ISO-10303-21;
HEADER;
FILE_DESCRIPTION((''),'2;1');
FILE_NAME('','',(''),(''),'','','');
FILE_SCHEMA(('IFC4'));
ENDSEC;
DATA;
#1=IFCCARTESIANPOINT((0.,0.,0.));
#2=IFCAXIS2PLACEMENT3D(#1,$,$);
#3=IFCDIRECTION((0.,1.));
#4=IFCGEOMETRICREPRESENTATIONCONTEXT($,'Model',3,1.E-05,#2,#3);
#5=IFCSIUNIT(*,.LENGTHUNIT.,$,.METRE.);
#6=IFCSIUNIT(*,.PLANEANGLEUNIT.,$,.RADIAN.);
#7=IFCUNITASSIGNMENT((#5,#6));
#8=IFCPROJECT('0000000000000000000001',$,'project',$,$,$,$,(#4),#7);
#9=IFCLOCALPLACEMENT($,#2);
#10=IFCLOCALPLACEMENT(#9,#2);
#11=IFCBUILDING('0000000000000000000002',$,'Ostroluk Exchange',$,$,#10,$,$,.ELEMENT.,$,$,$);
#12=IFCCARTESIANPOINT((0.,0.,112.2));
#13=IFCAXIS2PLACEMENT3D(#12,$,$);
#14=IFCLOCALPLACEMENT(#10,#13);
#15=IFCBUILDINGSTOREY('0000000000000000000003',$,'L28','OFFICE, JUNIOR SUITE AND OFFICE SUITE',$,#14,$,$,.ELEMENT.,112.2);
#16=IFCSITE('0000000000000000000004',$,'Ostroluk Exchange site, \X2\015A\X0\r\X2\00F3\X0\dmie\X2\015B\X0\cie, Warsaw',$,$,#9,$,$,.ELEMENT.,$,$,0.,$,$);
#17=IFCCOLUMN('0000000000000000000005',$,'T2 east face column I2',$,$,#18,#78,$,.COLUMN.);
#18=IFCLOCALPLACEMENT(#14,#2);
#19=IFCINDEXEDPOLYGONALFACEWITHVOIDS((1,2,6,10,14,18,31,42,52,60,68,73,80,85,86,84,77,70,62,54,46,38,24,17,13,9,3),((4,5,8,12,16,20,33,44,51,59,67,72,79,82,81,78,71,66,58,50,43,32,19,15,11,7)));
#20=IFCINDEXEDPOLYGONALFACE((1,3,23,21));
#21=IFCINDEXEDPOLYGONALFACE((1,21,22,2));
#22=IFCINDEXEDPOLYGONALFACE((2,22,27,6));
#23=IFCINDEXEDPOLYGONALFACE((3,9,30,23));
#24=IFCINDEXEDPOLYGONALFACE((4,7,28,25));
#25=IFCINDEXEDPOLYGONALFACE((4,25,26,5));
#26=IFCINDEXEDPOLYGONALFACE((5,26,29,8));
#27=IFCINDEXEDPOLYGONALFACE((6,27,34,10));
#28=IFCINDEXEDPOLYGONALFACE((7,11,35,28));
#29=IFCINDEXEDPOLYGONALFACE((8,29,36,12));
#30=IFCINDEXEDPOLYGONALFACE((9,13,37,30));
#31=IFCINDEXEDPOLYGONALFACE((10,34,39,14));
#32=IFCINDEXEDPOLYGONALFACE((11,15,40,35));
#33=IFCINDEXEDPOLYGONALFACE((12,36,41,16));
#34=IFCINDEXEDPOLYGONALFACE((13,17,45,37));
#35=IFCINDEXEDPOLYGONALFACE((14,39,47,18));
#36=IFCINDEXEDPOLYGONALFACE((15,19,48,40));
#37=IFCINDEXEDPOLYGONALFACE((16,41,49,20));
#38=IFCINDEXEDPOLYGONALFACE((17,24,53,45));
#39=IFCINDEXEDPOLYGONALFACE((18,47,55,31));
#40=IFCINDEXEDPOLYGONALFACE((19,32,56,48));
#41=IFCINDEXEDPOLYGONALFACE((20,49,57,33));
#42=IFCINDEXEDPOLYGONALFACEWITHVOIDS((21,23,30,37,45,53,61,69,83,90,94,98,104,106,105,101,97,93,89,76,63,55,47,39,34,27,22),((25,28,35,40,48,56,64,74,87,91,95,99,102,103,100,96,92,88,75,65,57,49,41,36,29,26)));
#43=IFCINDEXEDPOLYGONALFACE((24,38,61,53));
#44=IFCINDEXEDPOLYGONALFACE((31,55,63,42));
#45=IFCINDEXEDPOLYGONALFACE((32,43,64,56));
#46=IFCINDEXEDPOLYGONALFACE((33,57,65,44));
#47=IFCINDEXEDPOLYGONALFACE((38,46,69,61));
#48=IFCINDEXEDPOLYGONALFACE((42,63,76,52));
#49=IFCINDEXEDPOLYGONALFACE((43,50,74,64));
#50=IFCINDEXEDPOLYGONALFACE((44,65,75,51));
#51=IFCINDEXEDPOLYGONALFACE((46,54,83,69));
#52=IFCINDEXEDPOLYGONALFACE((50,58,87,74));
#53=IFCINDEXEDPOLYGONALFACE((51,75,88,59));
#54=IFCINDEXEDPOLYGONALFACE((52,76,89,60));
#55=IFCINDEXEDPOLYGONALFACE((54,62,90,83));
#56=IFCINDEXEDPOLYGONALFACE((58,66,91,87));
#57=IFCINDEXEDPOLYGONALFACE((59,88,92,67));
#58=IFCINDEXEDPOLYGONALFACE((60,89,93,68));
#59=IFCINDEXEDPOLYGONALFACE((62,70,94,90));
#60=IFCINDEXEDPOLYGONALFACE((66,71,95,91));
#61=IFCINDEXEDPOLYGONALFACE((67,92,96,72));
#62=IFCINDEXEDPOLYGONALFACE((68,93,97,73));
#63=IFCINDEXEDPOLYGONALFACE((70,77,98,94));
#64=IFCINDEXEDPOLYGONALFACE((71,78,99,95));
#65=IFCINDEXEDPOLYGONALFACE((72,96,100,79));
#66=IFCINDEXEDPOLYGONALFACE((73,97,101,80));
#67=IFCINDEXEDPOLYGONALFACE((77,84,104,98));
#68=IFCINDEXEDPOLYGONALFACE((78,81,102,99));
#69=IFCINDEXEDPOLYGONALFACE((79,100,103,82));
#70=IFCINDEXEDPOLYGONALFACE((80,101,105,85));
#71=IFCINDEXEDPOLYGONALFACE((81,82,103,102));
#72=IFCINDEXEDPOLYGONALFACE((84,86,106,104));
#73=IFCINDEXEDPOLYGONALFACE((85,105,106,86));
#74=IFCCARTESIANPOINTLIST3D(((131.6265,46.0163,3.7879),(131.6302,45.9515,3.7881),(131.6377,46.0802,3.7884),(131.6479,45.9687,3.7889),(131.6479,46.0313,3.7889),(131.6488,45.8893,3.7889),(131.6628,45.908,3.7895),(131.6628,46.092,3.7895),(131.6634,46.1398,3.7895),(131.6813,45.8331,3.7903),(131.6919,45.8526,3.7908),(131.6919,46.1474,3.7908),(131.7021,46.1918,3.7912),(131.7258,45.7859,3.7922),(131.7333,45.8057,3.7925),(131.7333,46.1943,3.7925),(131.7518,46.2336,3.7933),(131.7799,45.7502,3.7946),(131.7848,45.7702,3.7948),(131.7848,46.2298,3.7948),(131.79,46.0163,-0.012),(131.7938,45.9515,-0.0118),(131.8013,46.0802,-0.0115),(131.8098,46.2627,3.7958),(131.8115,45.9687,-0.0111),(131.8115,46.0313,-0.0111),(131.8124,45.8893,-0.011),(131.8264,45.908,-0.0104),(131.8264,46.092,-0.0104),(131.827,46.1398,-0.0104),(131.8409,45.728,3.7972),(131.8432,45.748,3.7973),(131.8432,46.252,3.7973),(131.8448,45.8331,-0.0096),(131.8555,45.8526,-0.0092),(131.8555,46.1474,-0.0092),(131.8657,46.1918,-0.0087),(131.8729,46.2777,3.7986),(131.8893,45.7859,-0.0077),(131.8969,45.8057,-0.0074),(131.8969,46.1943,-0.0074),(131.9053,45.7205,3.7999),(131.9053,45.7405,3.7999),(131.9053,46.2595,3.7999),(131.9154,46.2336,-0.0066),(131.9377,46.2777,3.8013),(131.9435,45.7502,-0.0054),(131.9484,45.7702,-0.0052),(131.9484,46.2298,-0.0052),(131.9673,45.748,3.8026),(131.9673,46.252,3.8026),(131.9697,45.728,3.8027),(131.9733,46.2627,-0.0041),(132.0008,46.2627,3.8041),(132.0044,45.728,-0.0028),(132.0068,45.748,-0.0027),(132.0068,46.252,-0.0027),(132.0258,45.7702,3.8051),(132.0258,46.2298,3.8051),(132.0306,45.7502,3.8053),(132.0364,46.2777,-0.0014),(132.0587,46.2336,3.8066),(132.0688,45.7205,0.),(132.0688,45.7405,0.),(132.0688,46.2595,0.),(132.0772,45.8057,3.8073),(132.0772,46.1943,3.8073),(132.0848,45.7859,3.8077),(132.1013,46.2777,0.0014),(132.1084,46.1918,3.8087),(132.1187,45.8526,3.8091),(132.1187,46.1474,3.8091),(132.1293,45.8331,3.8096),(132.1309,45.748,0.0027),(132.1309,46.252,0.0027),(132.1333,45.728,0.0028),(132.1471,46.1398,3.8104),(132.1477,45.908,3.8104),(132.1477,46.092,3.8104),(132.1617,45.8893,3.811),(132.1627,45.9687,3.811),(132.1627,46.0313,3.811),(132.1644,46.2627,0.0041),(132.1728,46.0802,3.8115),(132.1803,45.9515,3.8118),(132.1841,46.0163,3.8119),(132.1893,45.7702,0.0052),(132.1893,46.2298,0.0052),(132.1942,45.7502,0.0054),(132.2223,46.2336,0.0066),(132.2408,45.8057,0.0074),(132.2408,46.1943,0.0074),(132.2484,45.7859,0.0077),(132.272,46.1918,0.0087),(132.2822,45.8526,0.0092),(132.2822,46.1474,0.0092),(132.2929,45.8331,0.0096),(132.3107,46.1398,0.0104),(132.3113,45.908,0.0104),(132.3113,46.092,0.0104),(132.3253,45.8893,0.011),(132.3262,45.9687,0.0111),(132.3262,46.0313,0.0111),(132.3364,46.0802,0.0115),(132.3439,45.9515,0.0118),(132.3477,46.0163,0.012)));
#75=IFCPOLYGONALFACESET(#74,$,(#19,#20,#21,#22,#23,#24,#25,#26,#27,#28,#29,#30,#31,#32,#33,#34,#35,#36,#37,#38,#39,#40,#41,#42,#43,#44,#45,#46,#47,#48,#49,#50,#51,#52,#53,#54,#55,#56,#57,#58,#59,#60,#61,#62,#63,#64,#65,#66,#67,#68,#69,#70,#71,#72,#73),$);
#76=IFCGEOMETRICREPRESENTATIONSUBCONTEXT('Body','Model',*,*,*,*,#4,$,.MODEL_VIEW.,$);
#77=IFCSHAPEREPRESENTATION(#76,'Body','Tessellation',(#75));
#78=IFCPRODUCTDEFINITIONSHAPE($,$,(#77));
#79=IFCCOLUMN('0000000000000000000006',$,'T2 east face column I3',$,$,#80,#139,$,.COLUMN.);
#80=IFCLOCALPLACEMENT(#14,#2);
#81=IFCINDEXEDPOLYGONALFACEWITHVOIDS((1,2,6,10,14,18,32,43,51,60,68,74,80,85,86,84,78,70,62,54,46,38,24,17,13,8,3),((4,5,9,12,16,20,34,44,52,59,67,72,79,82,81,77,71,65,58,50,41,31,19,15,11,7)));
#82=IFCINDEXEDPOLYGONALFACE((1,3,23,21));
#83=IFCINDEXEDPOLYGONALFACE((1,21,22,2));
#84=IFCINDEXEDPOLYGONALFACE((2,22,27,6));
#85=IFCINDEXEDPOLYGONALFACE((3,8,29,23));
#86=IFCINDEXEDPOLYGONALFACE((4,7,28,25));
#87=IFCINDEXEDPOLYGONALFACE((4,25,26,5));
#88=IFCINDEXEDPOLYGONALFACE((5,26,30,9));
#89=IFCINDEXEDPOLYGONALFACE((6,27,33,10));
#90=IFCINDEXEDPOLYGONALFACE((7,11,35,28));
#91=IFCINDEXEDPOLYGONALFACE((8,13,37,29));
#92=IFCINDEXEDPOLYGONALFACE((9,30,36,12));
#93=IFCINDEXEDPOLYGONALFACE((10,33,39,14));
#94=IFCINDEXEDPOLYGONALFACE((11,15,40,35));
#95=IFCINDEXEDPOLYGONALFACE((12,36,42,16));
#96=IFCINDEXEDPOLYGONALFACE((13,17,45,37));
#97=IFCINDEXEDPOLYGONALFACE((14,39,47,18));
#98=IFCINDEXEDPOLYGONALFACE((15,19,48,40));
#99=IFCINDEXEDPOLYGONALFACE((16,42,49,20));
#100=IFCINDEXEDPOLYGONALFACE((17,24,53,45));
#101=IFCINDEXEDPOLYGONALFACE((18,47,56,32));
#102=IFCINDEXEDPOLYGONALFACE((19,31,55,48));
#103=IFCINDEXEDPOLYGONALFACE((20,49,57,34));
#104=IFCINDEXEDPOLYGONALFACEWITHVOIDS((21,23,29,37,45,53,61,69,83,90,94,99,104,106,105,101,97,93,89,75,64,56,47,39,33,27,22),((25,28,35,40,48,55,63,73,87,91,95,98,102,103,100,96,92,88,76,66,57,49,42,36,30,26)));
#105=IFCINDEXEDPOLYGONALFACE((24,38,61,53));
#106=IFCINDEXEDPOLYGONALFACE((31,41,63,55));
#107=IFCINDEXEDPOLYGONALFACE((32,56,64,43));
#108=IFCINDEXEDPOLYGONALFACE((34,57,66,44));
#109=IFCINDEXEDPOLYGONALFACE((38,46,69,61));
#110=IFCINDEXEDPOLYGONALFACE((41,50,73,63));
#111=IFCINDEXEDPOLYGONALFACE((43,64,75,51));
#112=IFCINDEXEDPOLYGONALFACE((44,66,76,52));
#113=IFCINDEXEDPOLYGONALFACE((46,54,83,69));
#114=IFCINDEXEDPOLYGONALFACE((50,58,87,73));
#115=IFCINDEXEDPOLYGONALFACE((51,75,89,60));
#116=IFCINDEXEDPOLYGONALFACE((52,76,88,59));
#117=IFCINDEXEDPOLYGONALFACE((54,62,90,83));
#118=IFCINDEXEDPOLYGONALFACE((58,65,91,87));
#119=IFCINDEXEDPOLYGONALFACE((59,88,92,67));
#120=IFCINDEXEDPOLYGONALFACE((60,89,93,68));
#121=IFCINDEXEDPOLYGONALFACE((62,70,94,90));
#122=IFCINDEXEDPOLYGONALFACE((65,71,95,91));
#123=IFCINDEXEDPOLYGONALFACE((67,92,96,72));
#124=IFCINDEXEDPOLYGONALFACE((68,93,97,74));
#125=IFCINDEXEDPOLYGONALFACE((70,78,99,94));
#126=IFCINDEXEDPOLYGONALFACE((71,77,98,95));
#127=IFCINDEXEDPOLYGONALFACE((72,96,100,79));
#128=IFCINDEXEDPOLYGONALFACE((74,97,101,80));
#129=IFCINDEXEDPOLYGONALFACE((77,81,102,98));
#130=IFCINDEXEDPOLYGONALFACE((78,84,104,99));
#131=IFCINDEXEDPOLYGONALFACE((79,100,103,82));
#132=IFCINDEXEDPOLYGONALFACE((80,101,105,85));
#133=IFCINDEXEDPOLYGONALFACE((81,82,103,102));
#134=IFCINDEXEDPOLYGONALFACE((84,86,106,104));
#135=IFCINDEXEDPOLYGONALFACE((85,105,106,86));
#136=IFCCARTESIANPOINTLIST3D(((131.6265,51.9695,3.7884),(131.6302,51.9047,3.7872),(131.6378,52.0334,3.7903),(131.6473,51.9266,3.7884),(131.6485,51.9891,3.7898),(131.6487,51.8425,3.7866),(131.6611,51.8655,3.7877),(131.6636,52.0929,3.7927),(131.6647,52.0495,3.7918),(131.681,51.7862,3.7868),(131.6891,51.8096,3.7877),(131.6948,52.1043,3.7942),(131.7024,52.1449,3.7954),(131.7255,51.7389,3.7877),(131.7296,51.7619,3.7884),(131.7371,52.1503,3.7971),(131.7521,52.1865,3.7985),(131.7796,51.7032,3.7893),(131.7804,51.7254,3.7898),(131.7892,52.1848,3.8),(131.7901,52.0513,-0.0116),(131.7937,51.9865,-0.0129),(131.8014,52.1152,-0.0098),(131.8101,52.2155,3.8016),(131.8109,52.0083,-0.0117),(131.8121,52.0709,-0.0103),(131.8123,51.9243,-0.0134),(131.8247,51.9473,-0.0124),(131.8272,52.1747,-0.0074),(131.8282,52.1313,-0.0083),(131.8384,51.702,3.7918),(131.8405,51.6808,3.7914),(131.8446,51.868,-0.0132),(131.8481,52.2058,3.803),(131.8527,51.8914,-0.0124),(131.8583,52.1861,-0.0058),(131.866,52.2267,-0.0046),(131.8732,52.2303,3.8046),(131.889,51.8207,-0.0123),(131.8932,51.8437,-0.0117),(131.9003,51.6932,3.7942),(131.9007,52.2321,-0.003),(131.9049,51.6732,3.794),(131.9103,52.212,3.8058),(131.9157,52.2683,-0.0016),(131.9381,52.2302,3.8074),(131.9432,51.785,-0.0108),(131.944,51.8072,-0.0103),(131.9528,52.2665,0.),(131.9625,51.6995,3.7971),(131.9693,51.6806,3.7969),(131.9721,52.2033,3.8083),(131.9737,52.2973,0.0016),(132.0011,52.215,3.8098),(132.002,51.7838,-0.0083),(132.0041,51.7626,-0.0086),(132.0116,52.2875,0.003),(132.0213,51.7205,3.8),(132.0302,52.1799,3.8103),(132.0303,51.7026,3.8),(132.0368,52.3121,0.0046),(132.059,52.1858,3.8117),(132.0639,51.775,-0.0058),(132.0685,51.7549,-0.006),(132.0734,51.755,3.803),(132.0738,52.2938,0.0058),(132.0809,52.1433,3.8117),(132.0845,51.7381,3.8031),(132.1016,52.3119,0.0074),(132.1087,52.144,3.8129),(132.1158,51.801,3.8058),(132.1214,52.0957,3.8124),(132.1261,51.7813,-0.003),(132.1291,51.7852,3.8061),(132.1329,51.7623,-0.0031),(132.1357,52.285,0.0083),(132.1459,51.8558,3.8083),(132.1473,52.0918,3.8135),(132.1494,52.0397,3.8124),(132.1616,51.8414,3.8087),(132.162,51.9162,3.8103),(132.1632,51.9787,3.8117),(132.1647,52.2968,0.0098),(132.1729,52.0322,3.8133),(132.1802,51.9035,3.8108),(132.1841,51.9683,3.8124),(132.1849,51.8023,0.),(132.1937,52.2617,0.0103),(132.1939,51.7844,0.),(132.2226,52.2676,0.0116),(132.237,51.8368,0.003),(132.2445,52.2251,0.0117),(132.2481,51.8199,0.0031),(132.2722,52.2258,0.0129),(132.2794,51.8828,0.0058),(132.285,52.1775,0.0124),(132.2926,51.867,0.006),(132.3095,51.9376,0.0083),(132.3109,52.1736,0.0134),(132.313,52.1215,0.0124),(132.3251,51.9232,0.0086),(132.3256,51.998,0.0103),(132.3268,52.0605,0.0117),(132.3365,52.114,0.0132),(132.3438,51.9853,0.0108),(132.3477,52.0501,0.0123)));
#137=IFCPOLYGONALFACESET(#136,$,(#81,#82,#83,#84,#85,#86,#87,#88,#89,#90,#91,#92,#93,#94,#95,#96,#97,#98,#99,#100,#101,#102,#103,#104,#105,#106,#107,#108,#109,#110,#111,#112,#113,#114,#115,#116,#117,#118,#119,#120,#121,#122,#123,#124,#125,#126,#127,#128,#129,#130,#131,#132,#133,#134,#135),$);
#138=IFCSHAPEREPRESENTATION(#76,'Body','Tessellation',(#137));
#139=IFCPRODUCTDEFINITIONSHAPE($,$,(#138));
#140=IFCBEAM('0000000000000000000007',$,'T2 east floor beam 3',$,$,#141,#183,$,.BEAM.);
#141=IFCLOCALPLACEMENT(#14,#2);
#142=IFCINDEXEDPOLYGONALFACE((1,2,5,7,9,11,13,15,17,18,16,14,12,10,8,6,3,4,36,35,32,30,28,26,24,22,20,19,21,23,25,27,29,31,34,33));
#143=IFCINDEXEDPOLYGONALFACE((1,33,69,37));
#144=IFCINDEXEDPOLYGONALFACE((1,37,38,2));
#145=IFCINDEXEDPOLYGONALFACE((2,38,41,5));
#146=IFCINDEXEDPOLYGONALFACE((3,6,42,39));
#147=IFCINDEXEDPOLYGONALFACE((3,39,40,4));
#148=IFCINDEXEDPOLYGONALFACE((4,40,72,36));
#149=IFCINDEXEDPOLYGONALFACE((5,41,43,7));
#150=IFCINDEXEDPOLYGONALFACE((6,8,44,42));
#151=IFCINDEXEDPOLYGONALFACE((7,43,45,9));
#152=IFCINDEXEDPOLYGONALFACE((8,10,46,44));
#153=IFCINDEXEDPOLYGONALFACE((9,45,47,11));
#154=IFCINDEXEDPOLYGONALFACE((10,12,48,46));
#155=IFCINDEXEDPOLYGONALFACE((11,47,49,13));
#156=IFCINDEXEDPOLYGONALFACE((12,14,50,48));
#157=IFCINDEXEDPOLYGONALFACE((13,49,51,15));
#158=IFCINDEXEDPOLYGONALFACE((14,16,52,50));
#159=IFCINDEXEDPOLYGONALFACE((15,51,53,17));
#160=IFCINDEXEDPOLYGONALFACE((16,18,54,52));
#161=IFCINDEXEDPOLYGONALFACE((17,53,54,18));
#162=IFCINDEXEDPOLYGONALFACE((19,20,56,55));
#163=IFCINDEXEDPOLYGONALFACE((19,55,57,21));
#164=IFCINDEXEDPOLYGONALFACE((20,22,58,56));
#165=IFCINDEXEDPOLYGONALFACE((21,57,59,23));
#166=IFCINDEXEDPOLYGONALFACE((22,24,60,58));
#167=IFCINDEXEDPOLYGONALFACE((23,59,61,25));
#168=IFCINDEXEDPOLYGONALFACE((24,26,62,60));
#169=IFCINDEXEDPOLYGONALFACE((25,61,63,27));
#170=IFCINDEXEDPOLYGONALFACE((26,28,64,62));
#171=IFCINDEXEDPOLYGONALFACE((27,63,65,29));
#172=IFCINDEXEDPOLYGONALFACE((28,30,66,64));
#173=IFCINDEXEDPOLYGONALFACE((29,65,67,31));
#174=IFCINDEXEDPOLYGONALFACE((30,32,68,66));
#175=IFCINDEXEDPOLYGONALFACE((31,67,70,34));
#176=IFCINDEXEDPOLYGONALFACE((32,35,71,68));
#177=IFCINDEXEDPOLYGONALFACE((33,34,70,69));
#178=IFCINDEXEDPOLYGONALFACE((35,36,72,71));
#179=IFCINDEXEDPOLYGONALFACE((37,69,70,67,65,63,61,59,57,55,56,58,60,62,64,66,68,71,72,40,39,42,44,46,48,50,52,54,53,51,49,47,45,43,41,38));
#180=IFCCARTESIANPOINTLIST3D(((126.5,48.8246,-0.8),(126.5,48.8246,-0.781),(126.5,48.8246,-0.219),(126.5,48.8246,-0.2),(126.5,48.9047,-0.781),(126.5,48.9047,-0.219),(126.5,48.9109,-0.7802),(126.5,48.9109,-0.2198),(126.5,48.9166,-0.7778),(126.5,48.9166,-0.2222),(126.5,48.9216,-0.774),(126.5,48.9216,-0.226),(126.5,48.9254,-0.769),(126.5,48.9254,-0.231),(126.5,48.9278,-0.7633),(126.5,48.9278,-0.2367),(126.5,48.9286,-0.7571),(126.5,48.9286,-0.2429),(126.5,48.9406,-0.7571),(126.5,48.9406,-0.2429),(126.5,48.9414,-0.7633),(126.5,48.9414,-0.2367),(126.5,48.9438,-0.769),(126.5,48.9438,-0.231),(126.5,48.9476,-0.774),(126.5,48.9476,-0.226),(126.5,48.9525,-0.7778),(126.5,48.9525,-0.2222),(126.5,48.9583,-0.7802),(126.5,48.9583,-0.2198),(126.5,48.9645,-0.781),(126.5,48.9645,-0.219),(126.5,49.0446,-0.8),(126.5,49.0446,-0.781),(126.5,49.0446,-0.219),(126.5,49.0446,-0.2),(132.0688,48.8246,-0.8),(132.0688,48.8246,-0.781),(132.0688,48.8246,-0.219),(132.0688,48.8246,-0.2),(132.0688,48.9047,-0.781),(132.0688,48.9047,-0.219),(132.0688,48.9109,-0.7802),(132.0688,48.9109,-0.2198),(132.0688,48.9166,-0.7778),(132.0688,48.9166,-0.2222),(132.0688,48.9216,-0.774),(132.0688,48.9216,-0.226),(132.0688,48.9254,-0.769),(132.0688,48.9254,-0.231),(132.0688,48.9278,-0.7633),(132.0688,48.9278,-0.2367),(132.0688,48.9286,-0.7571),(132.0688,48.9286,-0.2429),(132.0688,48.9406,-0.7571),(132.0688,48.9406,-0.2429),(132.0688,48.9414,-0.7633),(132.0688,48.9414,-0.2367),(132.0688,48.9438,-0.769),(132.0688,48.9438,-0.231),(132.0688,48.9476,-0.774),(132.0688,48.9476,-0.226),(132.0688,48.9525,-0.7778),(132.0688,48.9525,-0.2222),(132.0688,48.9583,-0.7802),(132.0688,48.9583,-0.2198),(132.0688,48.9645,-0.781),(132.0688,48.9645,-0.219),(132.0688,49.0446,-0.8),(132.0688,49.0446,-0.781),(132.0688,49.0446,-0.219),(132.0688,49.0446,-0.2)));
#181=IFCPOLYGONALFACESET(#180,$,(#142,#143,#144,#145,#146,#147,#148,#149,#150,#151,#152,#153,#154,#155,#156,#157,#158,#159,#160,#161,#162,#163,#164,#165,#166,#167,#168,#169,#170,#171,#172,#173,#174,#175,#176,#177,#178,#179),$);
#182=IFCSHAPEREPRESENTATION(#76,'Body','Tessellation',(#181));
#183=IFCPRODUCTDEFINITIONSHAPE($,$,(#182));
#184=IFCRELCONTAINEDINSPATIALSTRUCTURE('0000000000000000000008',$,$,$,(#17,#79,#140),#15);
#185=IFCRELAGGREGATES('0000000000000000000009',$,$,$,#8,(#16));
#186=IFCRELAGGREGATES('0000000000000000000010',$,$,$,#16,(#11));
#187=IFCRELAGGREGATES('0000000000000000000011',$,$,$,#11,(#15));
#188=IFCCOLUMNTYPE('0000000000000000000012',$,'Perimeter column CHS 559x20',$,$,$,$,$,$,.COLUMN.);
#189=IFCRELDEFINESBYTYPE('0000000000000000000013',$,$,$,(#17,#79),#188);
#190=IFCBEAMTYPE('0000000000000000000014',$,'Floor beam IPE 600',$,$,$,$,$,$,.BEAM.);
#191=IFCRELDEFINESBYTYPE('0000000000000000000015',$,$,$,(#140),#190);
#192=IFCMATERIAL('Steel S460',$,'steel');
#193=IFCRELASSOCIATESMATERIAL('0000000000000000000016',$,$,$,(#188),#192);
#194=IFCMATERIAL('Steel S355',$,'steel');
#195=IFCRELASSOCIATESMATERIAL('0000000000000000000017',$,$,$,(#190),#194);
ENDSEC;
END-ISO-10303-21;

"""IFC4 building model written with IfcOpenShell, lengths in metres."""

from ifc_helpers import new_model, si_unit, direction, frame, origin, origin_2d, place, context, subcontext, project, spatial, hollow_circle, i_section, extrude, material, material_profile, profile_set, type_object, element, save


model = new_model("IFC4")

# Units and contexts
model_context = context("Model", 3, precision=1e-05, world=origin(), true_north=direction((0.0, 1.0)))
body_context = subcontext(model_context, "Body", "Model", "MODEL_VIEW")
ifc_project = project(units=[si_unit("LENGTHUNIT", "METRE"), si_unit("PLANEANGLEUNIT", "RADIAN")], contexts=[model_context])

# Site, building, storey
site_placement = place(None, origin())
site = spatial("IfcSite", under=ifc_project, at=site_placement, Name="Ostroluk Exchange site, Śródmieście, Warsaw", CompositionType="ELEMENT", RefElevation=0.0)
building_placement = place(site_placement, origin())
building = spatial("IfcBuilding", under=site, at=building_placement, Name="Ostroluk Exchange", CompositionType="ELEMENT")
storey_placement = place(building_placement, frame((0.0, 0.0, 112.2)))
storey = spatial("IfcBuildingStorey", under=building, at=storey_placement, Name="L28", Description="OFFICE, JUNIOR SUITE AND OFFICE SUITE", CompositionType="ELEMENT", Elevation=112.2)

# Columns
ifc_material_1 = material(Name="Steel S460", Category="steel")
ifc_material_profile_1 = material_profile(ifc_material_1, hollow_circle(Radius=0.2795, WallThickness=0.02, at=origin_2d()), Name="CHS 559x20")
ifc_profile_set_1 = profile_set([ifc_material_profile_1], Name="Steel S460")
column_type = type_object("IfcColumnType", Name="Perimeter column CHS 559x20", PredefinedType="COLUMN", material=ifc_profile_set_1)
column_1_placement = place(storey_placement, frame((132.0688, 46.0, 0.0), z_axis=(-0.043005, 0.0, 0.999075), x_axis=(0.0, -1.0, 0.0)))
element("IfcColumn", 1, at=column_1_placement, inside=storey, type_object=column_type, Name="T2 east face column I2", PredefinedType="COLUMN", context=body_context, shape_type="SweptSolid", body=[
    extrude(hollow_circle(Radius=0.2795, WallThickness=0.02, at=origin_2d()), origin(), (0.0, 0.0, 1.0), 3.8035),
])
column_2_placement = place(storey_placement, frame((132.0688, 52.0344, 0.0), z_axis=(-0.042996, -0.021498, 0.998844), x_axis=(0.447214, -0.894427, 0.0)))
element("IfcColumn", 2, at=column_2_placement, inside=storey, type_object=column_type, Name="T2 east face column I3", PredefinedType="COLUMN", context=body_context, shape_type="SweptSolid", body=[
    extrude(hollow_circle(Radius=0.2795, WallThickness=0.02, at=origin_2d()), origin(), (0.0, 0.0, 1.0), 3.8044),
])

# Beam
ifc_material_2 = material(Name="Steel S355", Category="steel")
ifc_material_profile_2 = material_profile(ifc_material_2, i_section(OverallWidth=0.22, OverallDepth=0.6001, WebThickness=0.012, FlangeThickness=0.019, FilletRadius=0.0239, at=origin_2d()), Name="IPE 600")
ifc_profile_set_2 = profile_set([ifc_material_profile_2], Name="Steel S355")
beam_type_1 = type_object("IfcBeamType", Name="Floor beam IPE 600", PredefinedType="BEAM", material=ifc_profile_set_2)
for number, where, z_axis, x_axis, name in (
    (3, (126.5, 48.9346, -0.5), (1.0, 0.0, 0.0), (0.0, 1.0, 0.0), "T2 east floor beam 3"),
):
    element("IfcBeam", number, at=place(storey_placement, frame(where, z_axis=z_axis, x_axis=x_axis)), inside=storey, type_object=beam_type_1, Name=name, PredefinedType="BEAM", context=body_context, shape_type="SweptSolid", body=[
        extrude(i_section(OverallWidth=0.22, OverallDepth=0.6001, WebThickness=0.012, FlangeThickness=0.019, FilletRadius=0.0239, at=origin_2d()), origin(), (0.0, 0.0, 1.0), 5.5688),
    ])

save(model, "model.ifc")
